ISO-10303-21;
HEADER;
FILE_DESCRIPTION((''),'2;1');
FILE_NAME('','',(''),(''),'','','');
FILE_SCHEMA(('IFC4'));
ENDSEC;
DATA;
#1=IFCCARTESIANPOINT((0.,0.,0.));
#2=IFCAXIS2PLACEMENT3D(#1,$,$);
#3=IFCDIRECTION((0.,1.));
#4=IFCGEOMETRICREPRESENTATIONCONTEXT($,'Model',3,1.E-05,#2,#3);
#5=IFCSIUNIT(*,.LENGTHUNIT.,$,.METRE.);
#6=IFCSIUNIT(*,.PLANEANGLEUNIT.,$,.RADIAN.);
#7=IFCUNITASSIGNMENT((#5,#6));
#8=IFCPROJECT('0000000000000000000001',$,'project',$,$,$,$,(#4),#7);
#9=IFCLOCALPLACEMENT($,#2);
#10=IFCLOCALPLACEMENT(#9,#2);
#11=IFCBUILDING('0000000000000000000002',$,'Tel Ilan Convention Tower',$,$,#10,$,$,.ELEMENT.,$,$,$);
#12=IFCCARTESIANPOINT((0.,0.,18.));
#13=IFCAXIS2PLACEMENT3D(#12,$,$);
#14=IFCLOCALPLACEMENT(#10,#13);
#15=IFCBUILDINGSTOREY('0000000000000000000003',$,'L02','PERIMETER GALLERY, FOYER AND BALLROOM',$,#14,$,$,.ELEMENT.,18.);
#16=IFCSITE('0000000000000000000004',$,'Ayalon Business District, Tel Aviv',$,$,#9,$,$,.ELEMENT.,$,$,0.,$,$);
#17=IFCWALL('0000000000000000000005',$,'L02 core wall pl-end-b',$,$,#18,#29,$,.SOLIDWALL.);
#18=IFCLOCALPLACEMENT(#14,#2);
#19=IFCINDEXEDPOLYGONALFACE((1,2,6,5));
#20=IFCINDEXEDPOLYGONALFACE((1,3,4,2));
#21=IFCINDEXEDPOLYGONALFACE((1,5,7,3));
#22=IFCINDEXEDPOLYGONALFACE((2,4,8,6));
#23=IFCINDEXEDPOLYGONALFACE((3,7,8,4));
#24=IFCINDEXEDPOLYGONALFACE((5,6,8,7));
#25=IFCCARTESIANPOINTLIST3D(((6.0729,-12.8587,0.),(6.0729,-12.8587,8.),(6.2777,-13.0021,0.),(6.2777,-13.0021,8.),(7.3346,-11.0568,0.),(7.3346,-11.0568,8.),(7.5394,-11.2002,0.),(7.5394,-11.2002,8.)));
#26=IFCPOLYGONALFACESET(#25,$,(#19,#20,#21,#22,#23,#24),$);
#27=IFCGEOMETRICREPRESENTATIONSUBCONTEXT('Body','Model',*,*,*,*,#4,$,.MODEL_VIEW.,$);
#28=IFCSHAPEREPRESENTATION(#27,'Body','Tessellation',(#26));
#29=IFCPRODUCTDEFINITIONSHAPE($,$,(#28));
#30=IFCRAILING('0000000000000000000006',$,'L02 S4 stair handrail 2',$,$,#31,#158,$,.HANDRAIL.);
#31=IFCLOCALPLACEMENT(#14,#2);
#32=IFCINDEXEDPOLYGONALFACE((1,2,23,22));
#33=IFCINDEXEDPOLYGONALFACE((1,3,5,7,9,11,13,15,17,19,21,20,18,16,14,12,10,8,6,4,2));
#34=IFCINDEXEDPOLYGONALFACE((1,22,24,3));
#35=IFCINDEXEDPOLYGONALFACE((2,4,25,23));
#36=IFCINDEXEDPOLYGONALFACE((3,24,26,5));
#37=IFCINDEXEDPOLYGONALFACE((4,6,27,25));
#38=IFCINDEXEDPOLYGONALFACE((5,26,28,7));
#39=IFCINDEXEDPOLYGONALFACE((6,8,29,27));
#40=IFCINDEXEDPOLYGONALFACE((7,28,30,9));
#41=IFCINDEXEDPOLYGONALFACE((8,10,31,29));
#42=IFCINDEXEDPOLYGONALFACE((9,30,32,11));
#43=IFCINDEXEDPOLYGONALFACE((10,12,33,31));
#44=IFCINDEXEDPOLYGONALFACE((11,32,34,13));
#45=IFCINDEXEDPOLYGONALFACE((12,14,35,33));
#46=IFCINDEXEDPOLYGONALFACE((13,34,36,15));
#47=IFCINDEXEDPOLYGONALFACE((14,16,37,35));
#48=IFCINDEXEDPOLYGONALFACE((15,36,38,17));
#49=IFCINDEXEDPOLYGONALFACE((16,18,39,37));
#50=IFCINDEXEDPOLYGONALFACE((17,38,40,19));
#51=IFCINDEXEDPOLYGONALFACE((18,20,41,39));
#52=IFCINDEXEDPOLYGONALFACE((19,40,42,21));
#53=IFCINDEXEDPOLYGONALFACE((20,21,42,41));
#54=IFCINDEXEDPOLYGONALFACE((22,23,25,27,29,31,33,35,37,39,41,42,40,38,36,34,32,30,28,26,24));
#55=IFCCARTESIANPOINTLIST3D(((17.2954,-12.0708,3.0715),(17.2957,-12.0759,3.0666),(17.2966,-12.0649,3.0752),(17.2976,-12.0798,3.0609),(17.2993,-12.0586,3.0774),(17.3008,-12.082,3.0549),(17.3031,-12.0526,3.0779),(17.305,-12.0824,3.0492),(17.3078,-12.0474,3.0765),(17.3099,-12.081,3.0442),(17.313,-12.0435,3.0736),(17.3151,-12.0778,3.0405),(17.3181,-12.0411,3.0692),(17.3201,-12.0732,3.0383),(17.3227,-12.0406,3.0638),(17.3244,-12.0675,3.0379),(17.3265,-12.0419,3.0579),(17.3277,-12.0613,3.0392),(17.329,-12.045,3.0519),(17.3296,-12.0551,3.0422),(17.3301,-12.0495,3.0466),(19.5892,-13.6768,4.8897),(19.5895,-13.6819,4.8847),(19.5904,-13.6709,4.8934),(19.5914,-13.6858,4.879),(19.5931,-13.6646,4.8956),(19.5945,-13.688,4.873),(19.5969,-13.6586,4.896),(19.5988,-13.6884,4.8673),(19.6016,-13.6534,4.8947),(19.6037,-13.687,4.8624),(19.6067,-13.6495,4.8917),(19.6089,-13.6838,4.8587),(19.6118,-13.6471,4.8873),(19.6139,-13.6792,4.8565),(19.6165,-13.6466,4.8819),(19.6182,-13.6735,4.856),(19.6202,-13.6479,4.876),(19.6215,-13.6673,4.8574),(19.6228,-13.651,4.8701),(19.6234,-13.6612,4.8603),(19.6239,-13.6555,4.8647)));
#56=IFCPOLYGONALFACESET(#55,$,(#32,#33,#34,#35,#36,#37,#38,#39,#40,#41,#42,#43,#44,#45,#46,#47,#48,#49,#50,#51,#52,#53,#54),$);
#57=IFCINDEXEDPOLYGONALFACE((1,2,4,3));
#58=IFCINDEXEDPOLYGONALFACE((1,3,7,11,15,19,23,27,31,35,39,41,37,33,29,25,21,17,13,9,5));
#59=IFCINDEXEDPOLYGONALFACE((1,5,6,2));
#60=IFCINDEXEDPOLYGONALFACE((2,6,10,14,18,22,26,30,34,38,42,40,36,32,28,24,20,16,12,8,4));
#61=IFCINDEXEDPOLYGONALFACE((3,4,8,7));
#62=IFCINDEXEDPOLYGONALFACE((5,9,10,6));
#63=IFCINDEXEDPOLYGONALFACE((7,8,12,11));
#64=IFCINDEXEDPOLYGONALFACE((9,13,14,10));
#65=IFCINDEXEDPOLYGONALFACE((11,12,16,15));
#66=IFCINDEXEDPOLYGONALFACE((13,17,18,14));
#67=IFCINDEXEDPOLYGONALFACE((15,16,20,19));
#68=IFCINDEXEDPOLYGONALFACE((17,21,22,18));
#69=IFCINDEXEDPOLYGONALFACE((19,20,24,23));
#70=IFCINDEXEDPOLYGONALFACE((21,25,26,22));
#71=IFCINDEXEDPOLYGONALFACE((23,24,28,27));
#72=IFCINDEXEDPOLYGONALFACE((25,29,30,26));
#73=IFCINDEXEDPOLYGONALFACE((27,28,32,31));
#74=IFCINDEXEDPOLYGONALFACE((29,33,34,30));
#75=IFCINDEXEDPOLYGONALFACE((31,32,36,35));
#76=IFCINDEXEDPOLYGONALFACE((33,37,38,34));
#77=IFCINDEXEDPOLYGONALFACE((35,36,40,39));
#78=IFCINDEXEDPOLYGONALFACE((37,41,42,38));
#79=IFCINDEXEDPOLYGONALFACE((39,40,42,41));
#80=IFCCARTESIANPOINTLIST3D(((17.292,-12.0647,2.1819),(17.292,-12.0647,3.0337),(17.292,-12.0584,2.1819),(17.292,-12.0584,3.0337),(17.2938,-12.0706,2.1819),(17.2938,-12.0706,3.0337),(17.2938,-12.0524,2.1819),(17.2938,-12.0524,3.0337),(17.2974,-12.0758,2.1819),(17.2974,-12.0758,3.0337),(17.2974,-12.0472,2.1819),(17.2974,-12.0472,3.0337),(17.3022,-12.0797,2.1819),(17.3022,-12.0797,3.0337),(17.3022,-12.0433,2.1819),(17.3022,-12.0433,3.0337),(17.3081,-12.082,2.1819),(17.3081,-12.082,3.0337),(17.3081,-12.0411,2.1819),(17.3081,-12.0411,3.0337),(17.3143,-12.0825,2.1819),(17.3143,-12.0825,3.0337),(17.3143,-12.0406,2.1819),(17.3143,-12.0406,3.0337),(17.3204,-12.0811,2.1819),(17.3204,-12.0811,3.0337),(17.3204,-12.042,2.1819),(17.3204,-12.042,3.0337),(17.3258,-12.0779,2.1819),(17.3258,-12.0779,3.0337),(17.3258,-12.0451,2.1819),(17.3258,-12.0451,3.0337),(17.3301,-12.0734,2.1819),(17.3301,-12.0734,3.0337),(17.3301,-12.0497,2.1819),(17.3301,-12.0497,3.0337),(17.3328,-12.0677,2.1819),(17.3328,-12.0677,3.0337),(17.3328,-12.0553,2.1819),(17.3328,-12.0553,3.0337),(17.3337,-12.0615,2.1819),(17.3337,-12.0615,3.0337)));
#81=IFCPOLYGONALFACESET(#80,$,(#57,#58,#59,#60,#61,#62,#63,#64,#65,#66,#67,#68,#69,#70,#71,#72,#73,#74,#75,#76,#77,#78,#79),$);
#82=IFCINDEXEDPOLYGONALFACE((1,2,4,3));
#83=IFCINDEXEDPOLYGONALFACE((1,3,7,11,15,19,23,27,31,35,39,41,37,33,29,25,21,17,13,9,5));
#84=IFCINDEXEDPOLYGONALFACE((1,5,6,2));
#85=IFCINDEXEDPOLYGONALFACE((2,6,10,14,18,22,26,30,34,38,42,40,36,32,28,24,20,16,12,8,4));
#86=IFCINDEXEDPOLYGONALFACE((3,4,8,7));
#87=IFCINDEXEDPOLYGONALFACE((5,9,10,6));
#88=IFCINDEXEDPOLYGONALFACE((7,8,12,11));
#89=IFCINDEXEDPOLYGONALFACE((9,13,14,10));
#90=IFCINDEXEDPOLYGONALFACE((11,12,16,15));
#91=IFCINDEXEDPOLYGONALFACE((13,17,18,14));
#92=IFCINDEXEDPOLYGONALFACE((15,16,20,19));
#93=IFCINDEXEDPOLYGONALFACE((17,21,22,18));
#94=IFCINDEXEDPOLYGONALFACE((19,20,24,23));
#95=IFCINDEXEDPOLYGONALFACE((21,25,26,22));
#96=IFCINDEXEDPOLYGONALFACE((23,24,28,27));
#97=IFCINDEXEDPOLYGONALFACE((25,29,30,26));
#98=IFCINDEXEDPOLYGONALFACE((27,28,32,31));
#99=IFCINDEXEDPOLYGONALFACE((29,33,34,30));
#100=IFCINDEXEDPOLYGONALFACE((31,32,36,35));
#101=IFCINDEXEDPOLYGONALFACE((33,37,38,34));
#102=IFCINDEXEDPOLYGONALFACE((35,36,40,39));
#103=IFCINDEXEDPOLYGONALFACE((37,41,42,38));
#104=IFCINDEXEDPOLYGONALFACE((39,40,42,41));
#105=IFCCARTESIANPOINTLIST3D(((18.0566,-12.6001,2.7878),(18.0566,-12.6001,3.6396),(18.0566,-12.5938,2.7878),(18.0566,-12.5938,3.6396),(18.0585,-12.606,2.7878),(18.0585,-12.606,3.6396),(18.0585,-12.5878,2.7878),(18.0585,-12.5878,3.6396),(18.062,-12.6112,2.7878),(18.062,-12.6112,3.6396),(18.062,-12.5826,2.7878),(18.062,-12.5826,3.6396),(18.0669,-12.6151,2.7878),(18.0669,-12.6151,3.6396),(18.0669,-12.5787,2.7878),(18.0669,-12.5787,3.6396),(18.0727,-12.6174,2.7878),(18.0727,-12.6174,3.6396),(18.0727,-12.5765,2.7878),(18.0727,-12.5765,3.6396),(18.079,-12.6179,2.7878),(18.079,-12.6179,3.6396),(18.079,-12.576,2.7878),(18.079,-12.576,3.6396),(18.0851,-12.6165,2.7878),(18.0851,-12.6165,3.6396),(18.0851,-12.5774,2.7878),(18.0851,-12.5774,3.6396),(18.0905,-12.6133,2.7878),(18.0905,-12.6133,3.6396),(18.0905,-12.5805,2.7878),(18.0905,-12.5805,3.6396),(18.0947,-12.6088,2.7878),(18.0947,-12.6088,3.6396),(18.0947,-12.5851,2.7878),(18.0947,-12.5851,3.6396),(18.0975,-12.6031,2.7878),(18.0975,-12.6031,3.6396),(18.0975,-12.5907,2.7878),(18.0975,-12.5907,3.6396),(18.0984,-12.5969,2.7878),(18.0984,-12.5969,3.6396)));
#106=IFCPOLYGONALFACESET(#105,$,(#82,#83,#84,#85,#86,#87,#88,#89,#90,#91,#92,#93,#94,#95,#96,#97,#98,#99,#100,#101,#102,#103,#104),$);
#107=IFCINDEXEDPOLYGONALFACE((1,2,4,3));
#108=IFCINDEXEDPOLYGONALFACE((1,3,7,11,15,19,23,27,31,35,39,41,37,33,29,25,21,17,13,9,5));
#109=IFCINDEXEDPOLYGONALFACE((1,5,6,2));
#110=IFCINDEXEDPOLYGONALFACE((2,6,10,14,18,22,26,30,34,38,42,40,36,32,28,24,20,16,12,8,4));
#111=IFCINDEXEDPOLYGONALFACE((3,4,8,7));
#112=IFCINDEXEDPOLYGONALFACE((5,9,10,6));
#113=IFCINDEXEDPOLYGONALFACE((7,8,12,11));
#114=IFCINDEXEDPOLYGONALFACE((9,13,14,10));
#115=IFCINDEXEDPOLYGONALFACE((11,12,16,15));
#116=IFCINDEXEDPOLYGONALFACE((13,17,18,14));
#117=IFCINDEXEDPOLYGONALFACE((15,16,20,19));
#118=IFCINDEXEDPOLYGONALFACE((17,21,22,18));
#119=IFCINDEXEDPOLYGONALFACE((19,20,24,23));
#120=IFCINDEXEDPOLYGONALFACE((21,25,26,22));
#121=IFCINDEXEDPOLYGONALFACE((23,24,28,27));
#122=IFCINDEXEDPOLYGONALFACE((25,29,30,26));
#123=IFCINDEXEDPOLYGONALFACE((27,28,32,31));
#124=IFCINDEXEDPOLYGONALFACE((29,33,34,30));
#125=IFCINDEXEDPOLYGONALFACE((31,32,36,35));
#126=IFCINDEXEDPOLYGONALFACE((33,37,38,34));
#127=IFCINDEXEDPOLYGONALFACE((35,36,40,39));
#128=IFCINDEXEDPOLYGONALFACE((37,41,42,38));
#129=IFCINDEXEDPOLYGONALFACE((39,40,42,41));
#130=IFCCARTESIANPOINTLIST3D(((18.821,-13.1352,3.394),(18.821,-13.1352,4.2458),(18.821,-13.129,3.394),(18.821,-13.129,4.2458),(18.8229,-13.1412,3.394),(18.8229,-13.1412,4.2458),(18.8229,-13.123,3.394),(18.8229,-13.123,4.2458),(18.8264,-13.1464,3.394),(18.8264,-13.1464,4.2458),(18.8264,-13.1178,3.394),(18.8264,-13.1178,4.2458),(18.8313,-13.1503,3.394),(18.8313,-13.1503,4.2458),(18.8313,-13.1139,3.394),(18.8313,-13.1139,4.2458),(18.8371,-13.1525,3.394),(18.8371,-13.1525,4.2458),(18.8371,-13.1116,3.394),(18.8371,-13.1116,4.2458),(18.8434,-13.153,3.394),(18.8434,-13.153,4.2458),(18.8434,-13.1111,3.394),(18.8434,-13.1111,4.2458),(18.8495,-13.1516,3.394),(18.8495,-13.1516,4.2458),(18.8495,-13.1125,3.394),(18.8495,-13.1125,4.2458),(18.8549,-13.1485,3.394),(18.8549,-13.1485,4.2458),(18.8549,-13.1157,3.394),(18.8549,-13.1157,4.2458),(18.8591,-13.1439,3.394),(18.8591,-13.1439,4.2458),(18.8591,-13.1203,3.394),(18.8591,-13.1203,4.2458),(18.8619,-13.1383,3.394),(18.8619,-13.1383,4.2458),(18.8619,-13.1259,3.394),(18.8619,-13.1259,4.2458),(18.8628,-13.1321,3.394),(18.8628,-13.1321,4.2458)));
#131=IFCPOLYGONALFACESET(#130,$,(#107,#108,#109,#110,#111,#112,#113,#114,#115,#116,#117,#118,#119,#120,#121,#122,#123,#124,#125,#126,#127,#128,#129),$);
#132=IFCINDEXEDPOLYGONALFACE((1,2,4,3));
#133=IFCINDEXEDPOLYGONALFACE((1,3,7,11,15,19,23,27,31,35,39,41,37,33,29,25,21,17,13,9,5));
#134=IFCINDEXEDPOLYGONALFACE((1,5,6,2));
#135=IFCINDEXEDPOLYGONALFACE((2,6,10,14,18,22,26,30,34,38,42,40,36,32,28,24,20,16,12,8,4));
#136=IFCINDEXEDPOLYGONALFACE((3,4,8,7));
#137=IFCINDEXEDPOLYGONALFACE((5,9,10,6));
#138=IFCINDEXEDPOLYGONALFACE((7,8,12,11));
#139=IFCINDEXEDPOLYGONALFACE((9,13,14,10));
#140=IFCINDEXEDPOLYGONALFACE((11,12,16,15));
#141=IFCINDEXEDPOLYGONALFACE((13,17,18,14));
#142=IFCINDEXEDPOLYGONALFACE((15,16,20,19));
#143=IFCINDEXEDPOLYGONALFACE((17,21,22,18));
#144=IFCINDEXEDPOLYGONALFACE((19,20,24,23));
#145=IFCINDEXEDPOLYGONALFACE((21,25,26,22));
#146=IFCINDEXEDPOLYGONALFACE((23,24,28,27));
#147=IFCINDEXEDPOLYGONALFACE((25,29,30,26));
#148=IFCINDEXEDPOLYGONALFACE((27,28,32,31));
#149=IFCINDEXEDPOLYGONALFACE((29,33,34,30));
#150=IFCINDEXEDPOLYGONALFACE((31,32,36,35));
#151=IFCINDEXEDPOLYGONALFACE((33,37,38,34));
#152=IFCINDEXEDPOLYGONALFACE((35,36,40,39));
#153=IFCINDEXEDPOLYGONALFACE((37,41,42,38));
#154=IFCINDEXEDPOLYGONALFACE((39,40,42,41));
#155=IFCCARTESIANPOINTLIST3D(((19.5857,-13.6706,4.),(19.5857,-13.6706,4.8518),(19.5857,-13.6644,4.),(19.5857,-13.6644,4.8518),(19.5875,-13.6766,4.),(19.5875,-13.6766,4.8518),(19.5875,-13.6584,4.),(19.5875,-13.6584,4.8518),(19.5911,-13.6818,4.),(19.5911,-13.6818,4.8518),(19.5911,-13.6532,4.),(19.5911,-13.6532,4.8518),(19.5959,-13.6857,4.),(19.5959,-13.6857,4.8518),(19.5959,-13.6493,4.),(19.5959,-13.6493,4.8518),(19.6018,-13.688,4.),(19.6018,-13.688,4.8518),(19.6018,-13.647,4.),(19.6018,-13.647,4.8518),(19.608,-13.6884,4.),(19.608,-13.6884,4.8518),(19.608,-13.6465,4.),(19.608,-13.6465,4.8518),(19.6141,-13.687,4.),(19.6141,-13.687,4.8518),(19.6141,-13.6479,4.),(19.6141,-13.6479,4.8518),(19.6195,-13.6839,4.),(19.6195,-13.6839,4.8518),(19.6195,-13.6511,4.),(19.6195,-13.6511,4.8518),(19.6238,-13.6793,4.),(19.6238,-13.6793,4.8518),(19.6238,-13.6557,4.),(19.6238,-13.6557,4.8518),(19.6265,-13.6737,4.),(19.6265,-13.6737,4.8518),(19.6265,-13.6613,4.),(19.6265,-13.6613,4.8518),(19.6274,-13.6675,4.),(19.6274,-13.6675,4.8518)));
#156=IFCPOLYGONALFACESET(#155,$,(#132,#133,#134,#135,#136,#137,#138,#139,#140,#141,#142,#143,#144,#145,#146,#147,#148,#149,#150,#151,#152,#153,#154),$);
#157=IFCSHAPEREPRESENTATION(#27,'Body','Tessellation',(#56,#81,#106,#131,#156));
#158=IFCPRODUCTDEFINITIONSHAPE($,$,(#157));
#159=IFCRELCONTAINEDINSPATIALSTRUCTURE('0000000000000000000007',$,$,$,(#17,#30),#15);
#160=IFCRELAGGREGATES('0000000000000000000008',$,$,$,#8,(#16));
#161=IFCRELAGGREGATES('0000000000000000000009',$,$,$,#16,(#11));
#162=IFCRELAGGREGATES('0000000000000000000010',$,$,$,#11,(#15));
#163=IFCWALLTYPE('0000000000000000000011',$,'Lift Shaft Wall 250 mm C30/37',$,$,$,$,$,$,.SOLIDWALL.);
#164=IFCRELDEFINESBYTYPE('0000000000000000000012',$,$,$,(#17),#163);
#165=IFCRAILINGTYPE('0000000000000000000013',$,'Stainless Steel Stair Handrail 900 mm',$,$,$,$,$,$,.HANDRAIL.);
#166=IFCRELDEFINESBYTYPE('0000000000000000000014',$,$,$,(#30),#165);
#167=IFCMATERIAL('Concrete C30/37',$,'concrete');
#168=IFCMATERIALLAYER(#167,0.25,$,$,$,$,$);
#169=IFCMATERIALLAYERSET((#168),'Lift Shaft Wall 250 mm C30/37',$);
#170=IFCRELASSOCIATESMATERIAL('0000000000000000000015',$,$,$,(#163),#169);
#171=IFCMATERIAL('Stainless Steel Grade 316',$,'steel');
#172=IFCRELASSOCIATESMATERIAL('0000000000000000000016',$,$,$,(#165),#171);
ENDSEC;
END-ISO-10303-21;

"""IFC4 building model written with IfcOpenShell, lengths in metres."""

from ifc_helpers import new_model, si_unit, direction, frame, frame_2d, origin, origin_2d, place, context, subcontext, project, spatial, rectangle, circle, extrude, material, layer, layer_set, type_object, element, save


model = new_model("IFC4")

# Units and contexts
model_context = context("Model", 3, precision=1e-05, world=origin(), true_north=direction((0.0, 1.0)))
body_context = subcontext(model_context, "Body", "Model", "MODEL_VIEW")
ifc_project = project(units=[si_unit("LENGTHUNIT", "METRE"), si_unit("PLANEANGLEUNIT", "RADIAN")], contexts=[model_context])

# Site, building, storey
site_placement = place(None, origin())
site = spatial("IfcSite", under=ifc_project, at=site_placement, Name="Ayalon Business District, Tel Aviv", CompositionType="ELEMENT", RefElevation=0.0)
building_placement = place(site_placement, origin())
building = spatial("IfcBuilding", under=site, at=building_placement, Name="Tel Ilan Convention Tower", CompositionType="ELEMENT")
storey_placement = place(building_placement, frame((0.0, 0.0, 18.0)))
storey = spatial("IfcBuildingStorey", under=building, at=storey_placement, Name="L02", Description="PERIMETER GALLERY, FOYER AND BALLROOM", CompositionType="ELEMENT", Elevation=18.0)

# Wall
ifc_material_1 = material(Name="Concrete C30/37", Category="concrete")
ifc_layer_1 = layer(ifc_material_1, 0.25)
ifc_layer_set_1 = layer_set([ifc_layer_1], Name="Lift Shaft Wall 250 mm C30/37")
wall_type_1 = type_object("IfcWallType", Name="Lift Shaft Wall 250 mm C30/37", PredefinedType="SOLIDWALL", material=ifc_layer_set_1)
wall_1_placement = place(storey_placement, frame((6.1753, -12.9304, 0.0), z_axis=(0.0, 0.0, 1.0), x_axis=(0.573559, 0.819164, 0.0)))
element("IfcWall", 1, at=wall_1_placement, inside=storey, type_object=wall_type_1, Name="L02 core wall pl-end-b", PredefinedType="SOLIDWALL", context=body_context, shape_type="SweptSolid", body=[
    extrude(rectangle(XDim=2.1997, YDim=0.25, at=frame_2d((1.0999, 0.0))), origin(), (0.0, 0.0, 1.0), 8.0),
])

# Railing
ifc_material_2 = material(Name="Stainless Steel Grade 316", Category="steel")
railing_type = type_object("IfcRailingType", Name="Stainless Steel Stair Handrail 900 mm", PredefinedType="HANDRAIL", material=ifc_material_2)
for number, where, name in (
    (2, (17.3127, -12.0615, 2.1819), "L02 S4 stair handrail 2"),
):
    element("IfcRailing", number, at=place(storey_placement, frame(where)), inside=storey, type_object=railing_type, Name=name, PredefinedType="HANDRAIL", context=body_context, shape_type="SweptSolid", body=[
        extrude(circle(Radius=0.0239, at=origin_2d()), frame((0.0, 0.0, 0.876), z_axis=(0.687042, -0.481039, 0.544587), x_axis=(0.57355, 0.81917, 0.0)), (0.0, 0.0, 1.0), 3.3386),
        extrude(circle(Radius=0.021, at=origin_2d()), origin(), (0.0, 0.0, 1.0), 0.8518),
        extrude(circle(Radius=0.021, at=origin_2d()), frame((0.7646, -0.5354, 0.606)), (0.0, 0.0, 1.0), 0.8518),
        extrude(circle(Radius=0.021, at=origin_2d()), frame((1.5291, -1.0706, 1.2122)), (0.0, 0.0, 1.0), 0.8518),
        extrude(circle(Radius=0.021, at=origin_2d()), frame((2.2937, -1.606, 1.8181)), (0.0, 0.0, 1.0), 0.8518),
    ])

save(model, "model.ifc")
